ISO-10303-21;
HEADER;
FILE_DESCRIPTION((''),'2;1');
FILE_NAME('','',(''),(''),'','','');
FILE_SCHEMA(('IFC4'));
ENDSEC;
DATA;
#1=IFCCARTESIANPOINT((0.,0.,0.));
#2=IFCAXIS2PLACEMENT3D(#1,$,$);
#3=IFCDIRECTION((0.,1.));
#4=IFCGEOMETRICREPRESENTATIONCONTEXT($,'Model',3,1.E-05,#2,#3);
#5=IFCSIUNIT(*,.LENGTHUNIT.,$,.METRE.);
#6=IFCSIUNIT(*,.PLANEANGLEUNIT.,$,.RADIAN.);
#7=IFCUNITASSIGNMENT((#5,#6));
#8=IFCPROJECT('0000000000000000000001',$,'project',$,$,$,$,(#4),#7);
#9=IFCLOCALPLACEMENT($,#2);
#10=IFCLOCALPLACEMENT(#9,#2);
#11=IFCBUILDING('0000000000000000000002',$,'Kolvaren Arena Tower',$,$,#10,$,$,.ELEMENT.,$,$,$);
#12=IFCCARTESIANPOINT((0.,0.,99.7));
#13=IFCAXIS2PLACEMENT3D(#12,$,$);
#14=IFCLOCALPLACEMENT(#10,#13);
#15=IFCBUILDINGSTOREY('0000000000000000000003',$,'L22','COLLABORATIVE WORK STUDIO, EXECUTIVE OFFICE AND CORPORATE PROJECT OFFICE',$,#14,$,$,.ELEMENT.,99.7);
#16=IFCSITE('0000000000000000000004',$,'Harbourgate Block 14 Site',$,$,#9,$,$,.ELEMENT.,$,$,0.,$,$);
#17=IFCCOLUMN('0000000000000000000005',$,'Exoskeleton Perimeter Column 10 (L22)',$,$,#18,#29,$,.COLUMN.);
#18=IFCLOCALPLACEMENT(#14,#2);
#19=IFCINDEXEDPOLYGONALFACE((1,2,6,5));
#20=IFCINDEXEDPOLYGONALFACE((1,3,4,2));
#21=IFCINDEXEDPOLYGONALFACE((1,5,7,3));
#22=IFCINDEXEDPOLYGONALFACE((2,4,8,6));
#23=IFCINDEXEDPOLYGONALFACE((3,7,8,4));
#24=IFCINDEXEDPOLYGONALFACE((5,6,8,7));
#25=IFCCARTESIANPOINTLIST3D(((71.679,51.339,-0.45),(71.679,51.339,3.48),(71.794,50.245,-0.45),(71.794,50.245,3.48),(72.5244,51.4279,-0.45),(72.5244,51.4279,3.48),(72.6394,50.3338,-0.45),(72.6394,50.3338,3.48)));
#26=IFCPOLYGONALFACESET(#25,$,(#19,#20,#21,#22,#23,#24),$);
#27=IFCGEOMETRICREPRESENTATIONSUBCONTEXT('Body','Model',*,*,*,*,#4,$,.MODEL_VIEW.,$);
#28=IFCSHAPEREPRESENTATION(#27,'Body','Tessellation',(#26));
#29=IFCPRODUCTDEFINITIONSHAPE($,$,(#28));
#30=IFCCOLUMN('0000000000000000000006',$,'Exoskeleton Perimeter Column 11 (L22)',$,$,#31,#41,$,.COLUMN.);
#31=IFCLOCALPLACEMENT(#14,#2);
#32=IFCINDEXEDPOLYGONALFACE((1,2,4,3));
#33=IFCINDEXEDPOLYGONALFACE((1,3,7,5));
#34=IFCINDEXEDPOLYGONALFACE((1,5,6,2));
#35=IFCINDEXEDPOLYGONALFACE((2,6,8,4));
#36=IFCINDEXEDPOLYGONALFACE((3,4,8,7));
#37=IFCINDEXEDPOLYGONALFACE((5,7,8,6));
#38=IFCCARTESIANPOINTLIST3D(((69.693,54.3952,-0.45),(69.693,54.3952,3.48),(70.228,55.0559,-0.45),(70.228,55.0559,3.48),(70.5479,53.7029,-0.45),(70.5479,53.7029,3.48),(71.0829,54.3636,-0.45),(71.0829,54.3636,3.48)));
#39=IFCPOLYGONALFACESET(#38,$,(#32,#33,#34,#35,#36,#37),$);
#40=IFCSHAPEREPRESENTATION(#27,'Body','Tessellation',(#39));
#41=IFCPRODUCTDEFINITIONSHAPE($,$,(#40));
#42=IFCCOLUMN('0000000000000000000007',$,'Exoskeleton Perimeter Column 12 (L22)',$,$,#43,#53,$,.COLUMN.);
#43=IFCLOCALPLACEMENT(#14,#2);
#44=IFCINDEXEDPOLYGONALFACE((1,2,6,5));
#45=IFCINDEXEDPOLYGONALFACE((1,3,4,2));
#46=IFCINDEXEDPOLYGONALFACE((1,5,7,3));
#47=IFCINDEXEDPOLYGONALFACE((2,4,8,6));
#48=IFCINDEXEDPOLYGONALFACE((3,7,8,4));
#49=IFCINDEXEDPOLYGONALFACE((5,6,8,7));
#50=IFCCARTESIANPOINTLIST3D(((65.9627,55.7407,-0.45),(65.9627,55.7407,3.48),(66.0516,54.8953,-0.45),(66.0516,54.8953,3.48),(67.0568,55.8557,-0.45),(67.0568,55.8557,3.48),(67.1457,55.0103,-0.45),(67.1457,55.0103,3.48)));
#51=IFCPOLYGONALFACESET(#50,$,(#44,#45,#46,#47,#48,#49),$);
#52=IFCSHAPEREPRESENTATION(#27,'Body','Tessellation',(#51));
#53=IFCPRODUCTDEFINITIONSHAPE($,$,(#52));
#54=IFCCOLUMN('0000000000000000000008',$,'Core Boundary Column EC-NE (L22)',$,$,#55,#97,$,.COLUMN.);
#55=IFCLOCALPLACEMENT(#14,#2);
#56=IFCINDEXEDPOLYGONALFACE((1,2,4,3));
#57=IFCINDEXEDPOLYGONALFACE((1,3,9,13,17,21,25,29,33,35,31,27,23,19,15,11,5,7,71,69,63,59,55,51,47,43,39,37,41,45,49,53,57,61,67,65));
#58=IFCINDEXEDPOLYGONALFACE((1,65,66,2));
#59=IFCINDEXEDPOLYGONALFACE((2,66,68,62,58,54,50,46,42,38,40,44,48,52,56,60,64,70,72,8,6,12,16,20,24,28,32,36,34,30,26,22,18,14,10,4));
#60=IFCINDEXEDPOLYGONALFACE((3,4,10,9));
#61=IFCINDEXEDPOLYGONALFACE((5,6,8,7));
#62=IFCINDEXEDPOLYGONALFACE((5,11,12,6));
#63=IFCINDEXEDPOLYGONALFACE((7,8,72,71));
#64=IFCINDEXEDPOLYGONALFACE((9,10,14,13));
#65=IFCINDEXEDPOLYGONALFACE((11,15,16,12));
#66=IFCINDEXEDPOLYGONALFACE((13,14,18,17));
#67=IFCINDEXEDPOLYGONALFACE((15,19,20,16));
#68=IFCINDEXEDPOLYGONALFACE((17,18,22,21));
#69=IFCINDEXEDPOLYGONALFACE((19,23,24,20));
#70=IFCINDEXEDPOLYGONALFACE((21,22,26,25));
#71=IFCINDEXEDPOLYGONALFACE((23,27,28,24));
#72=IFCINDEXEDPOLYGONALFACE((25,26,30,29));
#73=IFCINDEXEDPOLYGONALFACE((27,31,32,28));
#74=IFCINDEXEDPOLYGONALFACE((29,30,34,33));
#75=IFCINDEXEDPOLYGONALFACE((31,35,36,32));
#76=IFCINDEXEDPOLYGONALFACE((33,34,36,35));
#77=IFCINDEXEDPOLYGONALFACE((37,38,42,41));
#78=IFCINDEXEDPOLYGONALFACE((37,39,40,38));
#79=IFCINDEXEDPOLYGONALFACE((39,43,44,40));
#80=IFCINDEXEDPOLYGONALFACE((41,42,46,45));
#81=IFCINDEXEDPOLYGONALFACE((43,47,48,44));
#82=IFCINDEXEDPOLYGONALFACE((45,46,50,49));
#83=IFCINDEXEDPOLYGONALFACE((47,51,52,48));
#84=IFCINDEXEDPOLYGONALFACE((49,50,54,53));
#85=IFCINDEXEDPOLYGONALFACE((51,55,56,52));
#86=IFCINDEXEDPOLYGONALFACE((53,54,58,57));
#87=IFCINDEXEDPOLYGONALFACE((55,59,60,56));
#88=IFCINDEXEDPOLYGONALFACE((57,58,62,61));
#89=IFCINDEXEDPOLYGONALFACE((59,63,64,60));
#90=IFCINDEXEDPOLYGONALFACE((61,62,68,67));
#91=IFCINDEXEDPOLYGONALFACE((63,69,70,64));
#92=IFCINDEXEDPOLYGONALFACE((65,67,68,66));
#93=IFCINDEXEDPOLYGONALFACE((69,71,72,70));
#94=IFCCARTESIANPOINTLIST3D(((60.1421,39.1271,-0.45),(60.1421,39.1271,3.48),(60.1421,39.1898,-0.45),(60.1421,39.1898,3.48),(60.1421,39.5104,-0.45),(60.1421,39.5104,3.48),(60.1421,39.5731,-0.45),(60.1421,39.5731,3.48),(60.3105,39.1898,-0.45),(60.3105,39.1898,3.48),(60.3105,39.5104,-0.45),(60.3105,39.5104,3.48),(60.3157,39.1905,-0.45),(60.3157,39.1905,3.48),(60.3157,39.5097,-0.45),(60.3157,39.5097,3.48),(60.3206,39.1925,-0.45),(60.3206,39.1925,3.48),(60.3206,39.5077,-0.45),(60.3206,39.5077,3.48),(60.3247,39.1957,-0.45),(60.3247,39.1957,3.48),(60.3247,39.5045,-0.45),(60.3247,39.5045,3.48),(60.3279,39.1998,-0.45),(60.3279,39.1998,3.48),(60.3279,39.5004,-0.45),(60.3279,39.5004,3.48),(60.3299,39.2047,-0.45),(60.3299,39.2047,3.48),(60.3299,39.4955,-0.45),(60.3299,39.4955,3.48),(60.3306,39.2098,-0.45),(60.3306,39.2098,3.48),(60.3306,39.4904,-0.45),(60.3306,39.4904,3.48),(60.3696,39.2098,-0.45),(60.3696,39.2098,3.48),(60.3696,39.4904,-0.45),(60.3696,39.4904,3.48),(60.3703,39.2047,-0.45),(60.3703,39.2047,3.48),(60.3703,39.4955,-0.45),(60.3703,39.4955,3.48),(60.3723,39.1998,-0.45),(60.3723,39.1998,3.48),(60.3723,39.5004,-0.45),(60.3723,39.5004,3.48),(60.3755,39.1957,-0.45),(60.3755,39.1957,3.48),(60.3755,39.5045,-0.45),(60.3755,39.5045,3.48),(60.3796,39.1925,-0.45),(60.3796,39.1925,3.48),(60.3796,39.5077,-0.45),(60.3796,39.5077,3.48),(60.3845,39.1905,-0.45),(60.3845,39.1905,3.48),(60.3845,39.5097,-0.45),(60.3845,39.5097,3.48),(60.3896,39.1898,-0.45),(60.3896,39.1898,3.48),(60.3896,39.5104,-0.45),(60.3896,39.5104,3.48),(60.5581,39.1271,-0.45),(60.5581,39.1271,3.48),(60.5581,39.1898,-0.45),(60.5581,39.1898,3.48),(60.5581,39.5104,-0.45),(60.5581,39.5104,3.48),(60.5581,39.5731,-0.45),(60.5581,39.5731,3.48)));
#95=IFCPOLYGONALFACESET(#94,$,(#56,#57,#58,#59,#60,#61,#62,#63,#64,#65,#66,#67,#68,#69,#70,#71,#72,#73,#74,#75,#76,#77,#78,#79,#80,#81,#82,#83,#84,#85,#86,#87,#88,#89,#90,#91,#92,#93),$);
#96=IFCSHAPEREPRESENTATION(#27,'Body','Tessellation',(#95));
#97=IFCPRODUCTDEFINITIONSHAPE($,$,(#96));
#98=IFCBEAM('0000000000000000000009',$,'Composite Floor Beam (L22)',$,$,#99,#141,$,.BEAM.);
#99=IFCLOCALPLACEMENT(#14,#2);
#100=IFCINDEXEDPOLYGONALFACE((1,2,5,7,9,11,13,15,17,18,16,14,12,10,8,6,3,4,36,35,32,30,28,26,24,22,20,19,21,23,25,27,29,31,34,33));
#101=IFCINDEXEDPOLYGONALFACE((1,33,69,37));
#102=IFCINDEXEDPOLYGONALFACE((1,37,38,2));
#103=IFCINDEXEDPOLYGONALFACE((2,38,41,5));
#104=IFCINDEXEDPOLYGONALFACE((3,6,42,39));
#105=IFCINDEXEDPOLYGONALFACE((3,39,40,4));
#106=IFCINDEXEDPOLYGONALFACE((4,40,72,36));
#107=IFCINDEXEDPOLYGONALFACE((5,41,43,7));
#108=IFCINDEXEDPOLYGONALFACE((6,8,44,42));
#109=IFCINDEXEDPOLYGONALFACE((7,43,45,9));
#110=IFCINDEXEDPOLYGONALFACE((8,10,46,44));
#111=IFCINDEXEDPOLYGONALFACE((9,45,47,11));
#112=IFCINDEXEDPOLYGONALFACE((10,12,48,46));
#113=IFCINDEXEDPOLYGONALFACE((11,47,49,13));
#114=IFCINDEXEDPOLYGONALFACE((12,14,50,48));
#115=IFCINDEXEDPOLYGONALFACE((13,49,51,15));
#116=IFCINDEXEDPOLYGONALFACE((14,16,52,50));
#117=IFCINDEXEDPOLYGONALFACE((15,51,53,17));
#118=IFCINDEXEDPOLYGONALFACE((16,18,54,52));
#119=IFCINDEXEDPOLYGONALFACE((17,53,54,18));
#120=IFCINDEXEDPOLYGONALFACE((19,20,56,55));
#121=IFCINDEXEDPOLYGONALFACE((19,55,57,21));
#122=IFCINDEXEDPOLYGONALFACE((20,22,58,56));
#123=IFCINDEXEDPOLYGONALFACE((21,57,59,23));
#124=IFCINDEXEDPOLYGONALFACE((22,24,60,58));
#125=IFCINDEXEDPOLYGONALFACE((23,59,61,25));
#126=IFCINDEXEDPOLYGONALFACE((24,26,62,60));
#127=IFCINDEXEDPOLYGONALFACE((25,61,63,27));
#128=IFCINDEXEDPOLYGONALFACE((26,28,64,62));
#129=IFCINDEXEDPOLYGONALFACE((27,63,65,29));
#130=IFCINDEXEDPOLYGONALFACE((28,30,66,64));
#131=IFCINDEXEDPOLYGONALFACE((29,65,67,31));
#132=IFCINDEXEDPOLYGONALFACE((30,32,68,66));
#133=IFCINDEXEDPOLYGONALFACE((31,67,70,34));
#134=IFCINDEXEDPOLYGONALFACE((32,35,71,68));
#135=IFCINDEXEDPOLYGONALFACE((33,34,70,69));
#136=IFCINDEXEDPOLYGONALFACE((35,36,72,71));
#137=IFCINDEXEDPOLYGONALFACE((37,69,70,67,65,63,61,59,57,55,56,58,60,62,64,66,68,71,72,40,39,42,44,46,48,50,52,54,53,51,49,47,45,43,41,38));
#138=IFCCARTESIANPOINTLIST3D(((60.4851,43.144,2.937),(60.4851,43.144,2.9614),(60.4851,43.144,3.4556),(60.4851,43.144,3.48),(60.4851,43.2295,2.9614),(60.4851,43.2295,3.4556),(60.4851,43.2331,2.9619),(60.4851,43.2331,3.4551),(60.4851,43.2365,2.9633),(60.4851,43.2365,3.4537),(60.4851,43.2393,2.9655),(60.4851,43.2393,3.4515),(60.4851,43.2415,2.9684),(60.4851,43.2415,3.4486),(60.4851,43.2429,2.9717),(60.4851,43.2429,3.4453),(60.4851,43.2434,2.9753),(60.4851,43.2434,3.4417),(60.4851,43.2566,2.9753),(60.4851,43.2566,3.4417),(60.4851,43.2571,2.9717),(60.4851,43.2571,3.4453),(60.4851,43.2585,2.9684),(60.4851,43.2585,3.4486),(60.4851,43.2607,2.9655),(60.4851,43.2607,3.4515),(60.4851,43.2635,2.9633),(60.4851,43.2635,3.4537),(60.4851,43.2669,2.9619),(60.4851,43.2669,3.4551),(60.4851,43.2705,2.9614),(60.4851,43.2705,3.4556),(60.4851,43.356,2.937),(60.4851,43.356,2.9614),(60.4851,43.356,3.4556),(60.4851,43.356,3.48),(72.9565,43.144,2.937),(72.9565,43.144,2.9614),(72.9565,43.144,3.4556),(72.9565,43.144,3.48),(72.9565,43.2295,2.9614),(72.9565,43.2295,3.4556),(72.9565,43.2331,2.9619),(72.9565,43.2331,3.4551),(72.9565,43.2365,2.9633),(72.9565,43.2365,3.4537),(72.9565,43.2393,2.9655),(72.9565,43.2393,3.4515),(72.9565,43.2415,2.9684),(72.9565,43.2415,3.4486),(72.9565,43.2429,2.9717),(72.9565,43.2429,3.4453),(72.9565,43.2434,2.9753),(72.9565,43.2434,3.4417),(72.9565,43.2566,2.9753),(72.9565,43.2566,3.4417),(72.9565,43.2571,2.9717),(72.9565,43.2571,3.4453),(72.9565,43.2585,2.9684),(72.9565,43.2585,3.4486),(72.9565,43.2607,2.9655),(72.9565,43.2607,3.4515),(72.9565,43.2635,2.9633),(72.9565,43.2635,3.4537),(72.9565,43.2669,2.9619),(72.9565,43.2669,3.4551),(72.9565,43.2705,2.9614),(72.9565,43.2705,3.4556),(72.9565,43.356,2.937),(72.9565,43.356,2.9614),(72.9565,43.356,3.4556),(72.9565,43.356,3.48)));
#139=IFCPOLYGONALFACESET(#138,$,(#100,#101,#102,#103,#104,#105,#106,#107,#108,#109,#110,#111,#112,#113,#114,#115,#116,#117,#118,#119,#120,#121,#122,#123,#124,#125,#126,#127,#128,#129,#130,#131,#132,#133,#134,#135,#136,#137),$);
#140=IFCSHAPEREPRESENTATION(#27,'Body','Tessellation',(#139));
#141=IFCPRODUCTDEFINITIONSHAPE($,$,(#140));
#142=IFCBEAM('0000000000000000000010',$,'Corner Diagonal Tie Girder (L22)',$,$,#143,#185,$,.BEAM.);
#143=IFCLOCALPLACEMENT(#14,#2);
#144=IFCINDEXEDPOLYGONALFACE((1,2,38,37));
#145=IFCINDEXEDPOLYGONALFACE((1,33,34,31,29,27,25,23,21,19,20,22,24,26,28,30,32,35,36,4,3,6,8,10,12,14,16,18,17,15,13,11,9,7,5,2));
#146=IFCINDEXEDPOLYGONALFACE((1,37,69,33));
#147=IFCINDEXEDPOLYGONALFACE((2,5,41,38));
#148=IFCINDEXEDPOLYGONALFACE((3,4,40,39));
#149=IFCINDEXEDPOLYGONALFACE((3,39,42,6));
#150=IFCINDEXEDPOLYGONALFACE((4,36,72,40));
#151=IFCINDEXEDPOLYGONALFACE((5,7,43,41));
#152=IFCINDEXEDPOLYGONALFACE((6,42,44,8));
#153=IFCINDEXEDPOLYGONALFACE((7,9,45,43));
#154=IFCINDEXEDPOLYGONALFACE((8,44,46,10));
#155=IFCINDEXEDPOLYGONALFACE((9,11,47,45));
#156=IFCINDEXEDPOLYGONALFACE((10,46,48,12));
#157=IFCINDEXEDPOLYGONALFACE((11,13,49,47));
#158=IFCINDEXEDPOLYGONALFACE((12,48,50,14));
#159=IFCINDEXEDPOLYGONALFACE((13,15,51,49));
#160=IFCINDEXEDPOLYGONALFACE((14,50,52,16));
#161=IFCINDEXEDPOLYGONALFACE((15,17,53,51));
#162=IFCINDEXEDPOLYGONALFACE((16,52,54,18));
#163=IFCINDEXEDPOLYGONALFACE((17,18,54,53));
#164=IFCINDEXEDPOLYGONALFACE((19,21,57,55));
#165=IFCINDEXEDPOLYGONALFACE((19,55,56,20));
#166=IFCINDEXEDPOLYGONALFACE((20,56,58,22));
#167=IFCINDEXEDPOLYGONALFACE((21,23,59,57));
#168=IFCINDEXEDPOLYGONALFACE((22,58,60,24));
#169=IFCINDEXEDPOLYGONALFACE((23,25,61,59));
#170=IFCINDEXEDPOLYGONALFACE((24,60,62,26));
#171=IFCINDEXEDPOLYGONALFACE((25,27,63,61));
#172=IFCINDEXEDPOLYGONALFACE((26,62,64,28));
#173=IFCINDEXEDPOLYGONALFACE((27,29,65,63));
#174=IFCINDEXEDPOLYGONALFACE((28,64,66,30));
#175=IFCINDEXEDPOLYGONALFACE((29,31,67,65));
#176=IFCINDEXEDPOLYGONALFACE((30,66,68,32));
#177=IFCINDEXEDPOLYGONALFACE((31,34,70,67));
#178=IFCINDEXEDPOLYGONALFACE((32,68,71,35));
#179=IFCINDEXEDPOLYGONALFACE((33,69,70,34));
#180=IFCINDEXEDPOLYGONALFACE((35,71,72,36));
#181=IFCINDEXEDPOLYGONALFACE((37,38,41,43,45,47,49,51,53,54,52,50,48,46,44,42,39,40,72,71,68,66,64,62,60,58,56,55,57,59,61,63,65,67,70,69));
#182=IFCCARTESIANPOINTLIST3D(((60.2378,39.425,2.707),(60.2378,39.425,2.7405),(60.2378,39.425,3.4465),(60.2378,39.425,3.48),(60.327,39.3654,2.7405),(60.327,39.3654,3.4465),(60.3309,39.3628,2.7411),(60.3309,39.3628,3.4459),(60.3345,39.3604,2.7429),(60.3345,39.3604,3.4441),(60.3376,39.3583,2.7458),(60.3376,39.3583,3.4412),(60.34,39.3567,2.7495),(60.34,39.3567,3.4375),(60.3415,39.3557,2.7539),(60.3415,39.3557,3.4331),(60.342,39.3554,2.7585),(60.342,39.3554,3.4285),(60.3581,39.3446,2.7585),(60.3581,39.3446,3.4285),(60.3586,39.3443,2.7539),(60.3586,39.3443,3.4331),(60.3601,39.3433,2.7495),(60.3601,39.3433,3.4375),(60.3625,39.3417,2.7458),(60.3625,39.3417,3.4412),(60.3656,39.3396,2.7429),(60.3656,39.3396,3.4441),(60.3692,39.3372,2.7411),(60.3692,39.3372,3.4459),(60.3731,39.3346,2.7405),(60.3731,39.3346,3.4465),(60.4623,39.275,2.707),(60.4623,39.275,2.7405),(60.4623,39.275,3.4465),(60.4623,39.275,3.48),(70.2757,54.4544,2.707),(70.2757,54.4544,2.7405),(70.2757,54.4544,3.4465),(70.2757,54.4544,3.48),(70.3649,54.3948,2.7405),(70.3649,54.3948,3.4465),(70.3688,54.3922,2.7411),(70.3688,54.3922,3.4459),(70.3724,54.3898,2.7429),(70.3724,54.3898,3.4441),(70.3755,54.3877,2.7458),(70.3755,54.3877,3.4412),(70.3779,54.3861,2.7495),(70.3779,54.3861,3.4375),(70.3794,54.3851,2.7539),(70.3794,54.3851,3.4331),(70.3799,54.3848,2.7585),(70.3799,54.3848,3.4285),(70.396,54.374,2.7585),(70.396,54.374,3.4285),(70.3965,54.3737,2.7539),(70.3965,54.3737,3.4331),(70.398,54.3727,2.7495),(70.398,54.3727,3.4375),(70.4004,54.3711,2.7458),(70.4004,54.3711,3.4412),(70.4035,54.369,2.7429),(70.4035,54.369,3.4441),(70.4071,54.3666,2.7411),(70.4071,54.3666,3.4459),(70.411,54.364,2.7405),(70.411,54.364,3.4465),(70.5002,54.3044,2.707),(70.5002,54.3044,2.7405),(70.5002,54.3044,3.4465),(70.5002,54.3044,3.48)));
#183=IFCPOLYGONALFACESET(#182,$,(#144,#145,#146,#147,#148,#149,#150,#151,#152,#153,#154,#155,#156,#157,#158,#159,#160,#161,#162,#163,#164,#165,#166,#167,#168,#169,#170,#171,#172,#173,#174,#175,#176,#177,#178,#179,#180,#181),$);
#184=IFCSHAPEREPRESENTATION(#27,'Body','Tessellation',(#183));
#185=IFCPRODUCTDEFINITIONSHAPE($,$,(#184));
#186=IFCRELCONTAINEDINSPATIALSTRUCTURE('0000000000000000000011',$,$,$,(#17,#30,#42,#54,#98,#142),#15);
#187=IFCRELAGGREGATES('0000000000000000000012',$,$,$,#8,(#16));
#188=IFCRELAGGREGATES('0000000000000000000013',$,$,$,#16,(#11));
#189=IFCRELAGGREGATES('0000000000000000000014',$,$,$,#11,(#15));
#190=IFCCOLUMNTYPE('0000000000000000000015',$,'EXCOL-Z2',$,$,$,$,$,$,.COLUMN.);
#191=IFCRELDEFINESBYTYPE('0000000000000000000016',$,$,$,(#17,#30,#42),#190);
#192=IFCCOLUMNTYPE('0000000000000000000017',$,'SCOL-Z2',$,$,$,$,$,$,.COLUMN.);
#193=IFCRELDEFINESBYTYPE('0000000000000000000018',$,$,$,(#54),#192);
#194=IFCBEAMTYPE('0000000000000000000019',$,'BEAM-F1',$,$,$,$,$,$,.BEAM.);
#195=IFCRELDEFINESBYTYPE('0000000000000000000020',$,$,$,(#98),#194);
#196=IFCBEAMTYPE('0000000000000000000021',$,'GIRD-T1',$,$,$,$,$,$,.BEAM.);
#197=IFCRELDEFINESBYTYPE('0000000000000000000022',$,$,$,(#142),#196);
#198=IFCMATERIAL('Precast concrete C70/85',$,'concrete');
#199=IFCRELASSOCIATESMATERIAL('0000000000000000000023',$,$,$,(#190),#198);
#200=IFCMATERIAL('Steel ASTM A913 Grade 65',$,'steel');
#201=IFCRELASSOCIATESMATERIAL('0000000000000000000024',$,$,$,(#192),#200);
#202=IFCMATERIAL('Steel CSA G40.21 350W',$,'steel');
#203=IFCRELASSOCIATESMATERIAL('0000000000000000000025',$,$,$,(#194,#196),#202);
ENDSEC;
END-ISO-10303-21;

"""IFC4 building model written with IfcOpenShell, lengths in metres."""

from ifc_helpers import new_model, si_unit, direction, frame, origin, origin_2d, place, context, subcontext, project, spatial, rectangle, i_section, extrude, material, material_profile, profile_set, type_object, element, save


model = new_model("IFC4")

# Units and contexts
model_context = context("Model", 3, precision=1e-05, world=origin(), true_north=direction((0.0, 1.0)))
body_context = subcontext(model_context, "Body", "Model", "MODEL_VIEW")
ifc_project = project(units=[si_unit("LENGTHUNIT", "METRE"), si_unit("PLANEANGLEUNIT", "RADIAN")], contexts=[model_context])

# Site, building, storey
site_placement = place(None, origin())
site = spatial("IfcSite", under=ifc_project, at=site_placement, Name="Harbourgate Block 14 Site", CompositionType="ELEMENT", RefElevation=0.0)
building_placement = place(site_placement, origin())
building = spatial("IfcBuilding", under=site, at=building_placement, Name="Kolvaren Arena Tower", CompositionType="ELEMENT")
storey_placement = place(building_placement, frame((0.0, 0.0, 99.7)))
storey = spatial("IfcBuildingStorey", under=building, at=storey_placement, Name="L22", Description="COLLABORATIVE WORK STUDIO, EXECUTIVE OFFICE AND CORPORATE PROJECT OFFICE", CompositionType="ELEMENT", Elevation=99.7)

# Columns
ifc_material_1 = material(Name="Precast concrete C70/85", Category="concrete")
ifc_material_profile_1 = material_profile(ifc_material_1, rectangle(XDim=1.1001, YDim=0.8501, at=origin_2d()), Name="RC-1100x850")
ifc_profile_set_1 = profile_set([ifc_material_profile_1], Name="Precast concrete C70/85")
column_type_1 = type_object("IfcColumnType", Name="EXCOL-Z2", PredefinedType="COLUMN", material=ifc_profile_set_1)
for number, where, z_axis, x_axis, name in (
    (1, (72.1592, 50.8364, -0.45), (0.0, 0.0, 1.0), (-0.104528, 0.994522, 0.0), "Exoskeleton Perimeter Column 10 (L22)"),
    (2, (70.3879, 54.3794, -0.45), (0.0, 0.0, 1.0), (-0.777146, 0.62932, 0.0), "Exoskeleton Perimeter Column 11 (L22)"),
    (3, (66.5542, 55.3755, -0.45), (0.0, 0.0, 1.0), (0.994522, 0.104528, 0.0), "Exoskeleton Perimeter Column 12 (L22)"),
):
    element("IfcColumn", number, at=place(storey_placement, frame(where, z_axis=z_axis, x_axis=x_axis)), inside=storey, type_object=column_type_1, Name=name, PredefinedType="COLUMN", context=body_context, shape_type="SweptSolid", body=[
        extrude(rectangle(XDim=1.1001, YDim=0.8501, at=origin_2d()), origin(), (0.0, 0.0, 1.0), 3.9299),
    ])
ifc_material_2 = material(Name="Steel ASTM A913 Grade 65", Category="steel")
ifc_material_profile_2 = material_profile(ifc_material_2, i_section(OverallWidth=0.416, OverallDepth=0.446, WebThickness=0.0391, FlangeThickness=0.0627, FilletRadius=0.02, at=origin_2d()), Name="W360x509")
ifc_profile_set_2 = profile_set([ifc_material_profile_2], Name="Steel ASTM A913 Grade 65")
column_type_2 = type_object("IfcColumnType", Name="SCOL-Z2", PredefinedType="COLUMN", material=ifc_profile_set_2)
column_placement = place(storey_placement, frame((60.3501, 39.3501, -0.45), z_axis=(0.0, 0.0, 1.0), x_axis=(1.0, 0.0, 0.0)))
element("IfcColumn", 4, at=column_placement, inside=storey, type_object=column_type_2, Name="Core Boundary Column EC-NE (L22)", PredefinedType="COLUMN", context=body_context, shape_type="SweptSolid", body=[
    extrude(i_section(OverallWidth=0.416, OverallDepth=0.446, WebThickness=0.0391, FlangeThickness=0.0627, FilletRadius=0.02, at=origin_2d()), origin(), (0.0, 0.0, 1.0), 3.9299),
])

# Beams
ifc_material_3 = material(Name="Steel CSA G40.21 350W", Category="steel")
ifc_material_profile_3 = material_profile(ifc_material_3, i_section(OverallWidth=0.2119, OverallDepth=0.543, WebThickness=0.0132, FlangeThickness=0.0244, FilletRadius=0.0139, at=origin_2d()), Name="W530x150")
ifc_profile_set_3 = profile_set([ifc_material_profile_3], Name="Steel CSA G40.21 350W")
beam_type_1 = type_object("IfcBeamType", Name="BEAM-F1", PredefinedType="BEAM", material=ifc_profile_set_3)
beam_1_placement = place(storey_placement, frame((60.4851, 43.25, 3.2085), z_axis=(1.0, 0.0, 0.0), x_axis=(0.0, 1.0, 0.0)))
element("IfcBeam", 5, at=beam_1_placement, inside=storey, type_object=beam_type_1, Name="Composite Floor Beam (L22)", PredefinedType="BEAM", context=body_context, shape_type="SweptSolid", body=[
    extrude(i_section(OverallWidth=0.2119, OverallDepth=0.543, WebThickness=0.0132, FlangeThickness=0.0244, FilletRadius=0.0139, at=origin_2d()), origin(), (0.0, 0.0, 1.0), 12.4714),
])
ifc_material_profile_4 = material_profile(ifc_material_3, i_section(OverallWidth=0.27, OverallDepth=0.7729, WebThickness=0.0193, FlangeThickness=0.0334, FilletRadius=0.0181, at=origin_2d()), Name="W760x257")
ifc_profile_set_4 = profile_set([ifc_material_profile_4], Name="Steel CSA G40.21 350W")
beam_type_2 = type_object("IfcBeamType", Name="GIRD-T1", PredefinedType="BEAM", material=ifc_profile_set_4)
beam_2_placement = place(storey_placement, frame((70.3879, 54.3794, 3.0935), z_axis=(-0.555401, -0.831582, 0.0), x_axis=(0.831582, -0.555401, 0.0)))
element("IfcBeam", 6, at=beam_2_placement, inside=storey, type_object=beam_type_2, Name="Corner Diagonal Tie Girder (L22)", PredefinedType="BEAM", context=body_context, shape_type="SweptSolid", body=[
    extrude(i_section(OverallWidth=0.27, OverallDepth=0.7729, WebThickness=0.0193, FlangeThickness=0.0334, FilletRadius=0.0181, at=origin_2d()), origin(), (0.0, 0.0, 1.0), 18.0732),
])

save(model, "model.ifc")
